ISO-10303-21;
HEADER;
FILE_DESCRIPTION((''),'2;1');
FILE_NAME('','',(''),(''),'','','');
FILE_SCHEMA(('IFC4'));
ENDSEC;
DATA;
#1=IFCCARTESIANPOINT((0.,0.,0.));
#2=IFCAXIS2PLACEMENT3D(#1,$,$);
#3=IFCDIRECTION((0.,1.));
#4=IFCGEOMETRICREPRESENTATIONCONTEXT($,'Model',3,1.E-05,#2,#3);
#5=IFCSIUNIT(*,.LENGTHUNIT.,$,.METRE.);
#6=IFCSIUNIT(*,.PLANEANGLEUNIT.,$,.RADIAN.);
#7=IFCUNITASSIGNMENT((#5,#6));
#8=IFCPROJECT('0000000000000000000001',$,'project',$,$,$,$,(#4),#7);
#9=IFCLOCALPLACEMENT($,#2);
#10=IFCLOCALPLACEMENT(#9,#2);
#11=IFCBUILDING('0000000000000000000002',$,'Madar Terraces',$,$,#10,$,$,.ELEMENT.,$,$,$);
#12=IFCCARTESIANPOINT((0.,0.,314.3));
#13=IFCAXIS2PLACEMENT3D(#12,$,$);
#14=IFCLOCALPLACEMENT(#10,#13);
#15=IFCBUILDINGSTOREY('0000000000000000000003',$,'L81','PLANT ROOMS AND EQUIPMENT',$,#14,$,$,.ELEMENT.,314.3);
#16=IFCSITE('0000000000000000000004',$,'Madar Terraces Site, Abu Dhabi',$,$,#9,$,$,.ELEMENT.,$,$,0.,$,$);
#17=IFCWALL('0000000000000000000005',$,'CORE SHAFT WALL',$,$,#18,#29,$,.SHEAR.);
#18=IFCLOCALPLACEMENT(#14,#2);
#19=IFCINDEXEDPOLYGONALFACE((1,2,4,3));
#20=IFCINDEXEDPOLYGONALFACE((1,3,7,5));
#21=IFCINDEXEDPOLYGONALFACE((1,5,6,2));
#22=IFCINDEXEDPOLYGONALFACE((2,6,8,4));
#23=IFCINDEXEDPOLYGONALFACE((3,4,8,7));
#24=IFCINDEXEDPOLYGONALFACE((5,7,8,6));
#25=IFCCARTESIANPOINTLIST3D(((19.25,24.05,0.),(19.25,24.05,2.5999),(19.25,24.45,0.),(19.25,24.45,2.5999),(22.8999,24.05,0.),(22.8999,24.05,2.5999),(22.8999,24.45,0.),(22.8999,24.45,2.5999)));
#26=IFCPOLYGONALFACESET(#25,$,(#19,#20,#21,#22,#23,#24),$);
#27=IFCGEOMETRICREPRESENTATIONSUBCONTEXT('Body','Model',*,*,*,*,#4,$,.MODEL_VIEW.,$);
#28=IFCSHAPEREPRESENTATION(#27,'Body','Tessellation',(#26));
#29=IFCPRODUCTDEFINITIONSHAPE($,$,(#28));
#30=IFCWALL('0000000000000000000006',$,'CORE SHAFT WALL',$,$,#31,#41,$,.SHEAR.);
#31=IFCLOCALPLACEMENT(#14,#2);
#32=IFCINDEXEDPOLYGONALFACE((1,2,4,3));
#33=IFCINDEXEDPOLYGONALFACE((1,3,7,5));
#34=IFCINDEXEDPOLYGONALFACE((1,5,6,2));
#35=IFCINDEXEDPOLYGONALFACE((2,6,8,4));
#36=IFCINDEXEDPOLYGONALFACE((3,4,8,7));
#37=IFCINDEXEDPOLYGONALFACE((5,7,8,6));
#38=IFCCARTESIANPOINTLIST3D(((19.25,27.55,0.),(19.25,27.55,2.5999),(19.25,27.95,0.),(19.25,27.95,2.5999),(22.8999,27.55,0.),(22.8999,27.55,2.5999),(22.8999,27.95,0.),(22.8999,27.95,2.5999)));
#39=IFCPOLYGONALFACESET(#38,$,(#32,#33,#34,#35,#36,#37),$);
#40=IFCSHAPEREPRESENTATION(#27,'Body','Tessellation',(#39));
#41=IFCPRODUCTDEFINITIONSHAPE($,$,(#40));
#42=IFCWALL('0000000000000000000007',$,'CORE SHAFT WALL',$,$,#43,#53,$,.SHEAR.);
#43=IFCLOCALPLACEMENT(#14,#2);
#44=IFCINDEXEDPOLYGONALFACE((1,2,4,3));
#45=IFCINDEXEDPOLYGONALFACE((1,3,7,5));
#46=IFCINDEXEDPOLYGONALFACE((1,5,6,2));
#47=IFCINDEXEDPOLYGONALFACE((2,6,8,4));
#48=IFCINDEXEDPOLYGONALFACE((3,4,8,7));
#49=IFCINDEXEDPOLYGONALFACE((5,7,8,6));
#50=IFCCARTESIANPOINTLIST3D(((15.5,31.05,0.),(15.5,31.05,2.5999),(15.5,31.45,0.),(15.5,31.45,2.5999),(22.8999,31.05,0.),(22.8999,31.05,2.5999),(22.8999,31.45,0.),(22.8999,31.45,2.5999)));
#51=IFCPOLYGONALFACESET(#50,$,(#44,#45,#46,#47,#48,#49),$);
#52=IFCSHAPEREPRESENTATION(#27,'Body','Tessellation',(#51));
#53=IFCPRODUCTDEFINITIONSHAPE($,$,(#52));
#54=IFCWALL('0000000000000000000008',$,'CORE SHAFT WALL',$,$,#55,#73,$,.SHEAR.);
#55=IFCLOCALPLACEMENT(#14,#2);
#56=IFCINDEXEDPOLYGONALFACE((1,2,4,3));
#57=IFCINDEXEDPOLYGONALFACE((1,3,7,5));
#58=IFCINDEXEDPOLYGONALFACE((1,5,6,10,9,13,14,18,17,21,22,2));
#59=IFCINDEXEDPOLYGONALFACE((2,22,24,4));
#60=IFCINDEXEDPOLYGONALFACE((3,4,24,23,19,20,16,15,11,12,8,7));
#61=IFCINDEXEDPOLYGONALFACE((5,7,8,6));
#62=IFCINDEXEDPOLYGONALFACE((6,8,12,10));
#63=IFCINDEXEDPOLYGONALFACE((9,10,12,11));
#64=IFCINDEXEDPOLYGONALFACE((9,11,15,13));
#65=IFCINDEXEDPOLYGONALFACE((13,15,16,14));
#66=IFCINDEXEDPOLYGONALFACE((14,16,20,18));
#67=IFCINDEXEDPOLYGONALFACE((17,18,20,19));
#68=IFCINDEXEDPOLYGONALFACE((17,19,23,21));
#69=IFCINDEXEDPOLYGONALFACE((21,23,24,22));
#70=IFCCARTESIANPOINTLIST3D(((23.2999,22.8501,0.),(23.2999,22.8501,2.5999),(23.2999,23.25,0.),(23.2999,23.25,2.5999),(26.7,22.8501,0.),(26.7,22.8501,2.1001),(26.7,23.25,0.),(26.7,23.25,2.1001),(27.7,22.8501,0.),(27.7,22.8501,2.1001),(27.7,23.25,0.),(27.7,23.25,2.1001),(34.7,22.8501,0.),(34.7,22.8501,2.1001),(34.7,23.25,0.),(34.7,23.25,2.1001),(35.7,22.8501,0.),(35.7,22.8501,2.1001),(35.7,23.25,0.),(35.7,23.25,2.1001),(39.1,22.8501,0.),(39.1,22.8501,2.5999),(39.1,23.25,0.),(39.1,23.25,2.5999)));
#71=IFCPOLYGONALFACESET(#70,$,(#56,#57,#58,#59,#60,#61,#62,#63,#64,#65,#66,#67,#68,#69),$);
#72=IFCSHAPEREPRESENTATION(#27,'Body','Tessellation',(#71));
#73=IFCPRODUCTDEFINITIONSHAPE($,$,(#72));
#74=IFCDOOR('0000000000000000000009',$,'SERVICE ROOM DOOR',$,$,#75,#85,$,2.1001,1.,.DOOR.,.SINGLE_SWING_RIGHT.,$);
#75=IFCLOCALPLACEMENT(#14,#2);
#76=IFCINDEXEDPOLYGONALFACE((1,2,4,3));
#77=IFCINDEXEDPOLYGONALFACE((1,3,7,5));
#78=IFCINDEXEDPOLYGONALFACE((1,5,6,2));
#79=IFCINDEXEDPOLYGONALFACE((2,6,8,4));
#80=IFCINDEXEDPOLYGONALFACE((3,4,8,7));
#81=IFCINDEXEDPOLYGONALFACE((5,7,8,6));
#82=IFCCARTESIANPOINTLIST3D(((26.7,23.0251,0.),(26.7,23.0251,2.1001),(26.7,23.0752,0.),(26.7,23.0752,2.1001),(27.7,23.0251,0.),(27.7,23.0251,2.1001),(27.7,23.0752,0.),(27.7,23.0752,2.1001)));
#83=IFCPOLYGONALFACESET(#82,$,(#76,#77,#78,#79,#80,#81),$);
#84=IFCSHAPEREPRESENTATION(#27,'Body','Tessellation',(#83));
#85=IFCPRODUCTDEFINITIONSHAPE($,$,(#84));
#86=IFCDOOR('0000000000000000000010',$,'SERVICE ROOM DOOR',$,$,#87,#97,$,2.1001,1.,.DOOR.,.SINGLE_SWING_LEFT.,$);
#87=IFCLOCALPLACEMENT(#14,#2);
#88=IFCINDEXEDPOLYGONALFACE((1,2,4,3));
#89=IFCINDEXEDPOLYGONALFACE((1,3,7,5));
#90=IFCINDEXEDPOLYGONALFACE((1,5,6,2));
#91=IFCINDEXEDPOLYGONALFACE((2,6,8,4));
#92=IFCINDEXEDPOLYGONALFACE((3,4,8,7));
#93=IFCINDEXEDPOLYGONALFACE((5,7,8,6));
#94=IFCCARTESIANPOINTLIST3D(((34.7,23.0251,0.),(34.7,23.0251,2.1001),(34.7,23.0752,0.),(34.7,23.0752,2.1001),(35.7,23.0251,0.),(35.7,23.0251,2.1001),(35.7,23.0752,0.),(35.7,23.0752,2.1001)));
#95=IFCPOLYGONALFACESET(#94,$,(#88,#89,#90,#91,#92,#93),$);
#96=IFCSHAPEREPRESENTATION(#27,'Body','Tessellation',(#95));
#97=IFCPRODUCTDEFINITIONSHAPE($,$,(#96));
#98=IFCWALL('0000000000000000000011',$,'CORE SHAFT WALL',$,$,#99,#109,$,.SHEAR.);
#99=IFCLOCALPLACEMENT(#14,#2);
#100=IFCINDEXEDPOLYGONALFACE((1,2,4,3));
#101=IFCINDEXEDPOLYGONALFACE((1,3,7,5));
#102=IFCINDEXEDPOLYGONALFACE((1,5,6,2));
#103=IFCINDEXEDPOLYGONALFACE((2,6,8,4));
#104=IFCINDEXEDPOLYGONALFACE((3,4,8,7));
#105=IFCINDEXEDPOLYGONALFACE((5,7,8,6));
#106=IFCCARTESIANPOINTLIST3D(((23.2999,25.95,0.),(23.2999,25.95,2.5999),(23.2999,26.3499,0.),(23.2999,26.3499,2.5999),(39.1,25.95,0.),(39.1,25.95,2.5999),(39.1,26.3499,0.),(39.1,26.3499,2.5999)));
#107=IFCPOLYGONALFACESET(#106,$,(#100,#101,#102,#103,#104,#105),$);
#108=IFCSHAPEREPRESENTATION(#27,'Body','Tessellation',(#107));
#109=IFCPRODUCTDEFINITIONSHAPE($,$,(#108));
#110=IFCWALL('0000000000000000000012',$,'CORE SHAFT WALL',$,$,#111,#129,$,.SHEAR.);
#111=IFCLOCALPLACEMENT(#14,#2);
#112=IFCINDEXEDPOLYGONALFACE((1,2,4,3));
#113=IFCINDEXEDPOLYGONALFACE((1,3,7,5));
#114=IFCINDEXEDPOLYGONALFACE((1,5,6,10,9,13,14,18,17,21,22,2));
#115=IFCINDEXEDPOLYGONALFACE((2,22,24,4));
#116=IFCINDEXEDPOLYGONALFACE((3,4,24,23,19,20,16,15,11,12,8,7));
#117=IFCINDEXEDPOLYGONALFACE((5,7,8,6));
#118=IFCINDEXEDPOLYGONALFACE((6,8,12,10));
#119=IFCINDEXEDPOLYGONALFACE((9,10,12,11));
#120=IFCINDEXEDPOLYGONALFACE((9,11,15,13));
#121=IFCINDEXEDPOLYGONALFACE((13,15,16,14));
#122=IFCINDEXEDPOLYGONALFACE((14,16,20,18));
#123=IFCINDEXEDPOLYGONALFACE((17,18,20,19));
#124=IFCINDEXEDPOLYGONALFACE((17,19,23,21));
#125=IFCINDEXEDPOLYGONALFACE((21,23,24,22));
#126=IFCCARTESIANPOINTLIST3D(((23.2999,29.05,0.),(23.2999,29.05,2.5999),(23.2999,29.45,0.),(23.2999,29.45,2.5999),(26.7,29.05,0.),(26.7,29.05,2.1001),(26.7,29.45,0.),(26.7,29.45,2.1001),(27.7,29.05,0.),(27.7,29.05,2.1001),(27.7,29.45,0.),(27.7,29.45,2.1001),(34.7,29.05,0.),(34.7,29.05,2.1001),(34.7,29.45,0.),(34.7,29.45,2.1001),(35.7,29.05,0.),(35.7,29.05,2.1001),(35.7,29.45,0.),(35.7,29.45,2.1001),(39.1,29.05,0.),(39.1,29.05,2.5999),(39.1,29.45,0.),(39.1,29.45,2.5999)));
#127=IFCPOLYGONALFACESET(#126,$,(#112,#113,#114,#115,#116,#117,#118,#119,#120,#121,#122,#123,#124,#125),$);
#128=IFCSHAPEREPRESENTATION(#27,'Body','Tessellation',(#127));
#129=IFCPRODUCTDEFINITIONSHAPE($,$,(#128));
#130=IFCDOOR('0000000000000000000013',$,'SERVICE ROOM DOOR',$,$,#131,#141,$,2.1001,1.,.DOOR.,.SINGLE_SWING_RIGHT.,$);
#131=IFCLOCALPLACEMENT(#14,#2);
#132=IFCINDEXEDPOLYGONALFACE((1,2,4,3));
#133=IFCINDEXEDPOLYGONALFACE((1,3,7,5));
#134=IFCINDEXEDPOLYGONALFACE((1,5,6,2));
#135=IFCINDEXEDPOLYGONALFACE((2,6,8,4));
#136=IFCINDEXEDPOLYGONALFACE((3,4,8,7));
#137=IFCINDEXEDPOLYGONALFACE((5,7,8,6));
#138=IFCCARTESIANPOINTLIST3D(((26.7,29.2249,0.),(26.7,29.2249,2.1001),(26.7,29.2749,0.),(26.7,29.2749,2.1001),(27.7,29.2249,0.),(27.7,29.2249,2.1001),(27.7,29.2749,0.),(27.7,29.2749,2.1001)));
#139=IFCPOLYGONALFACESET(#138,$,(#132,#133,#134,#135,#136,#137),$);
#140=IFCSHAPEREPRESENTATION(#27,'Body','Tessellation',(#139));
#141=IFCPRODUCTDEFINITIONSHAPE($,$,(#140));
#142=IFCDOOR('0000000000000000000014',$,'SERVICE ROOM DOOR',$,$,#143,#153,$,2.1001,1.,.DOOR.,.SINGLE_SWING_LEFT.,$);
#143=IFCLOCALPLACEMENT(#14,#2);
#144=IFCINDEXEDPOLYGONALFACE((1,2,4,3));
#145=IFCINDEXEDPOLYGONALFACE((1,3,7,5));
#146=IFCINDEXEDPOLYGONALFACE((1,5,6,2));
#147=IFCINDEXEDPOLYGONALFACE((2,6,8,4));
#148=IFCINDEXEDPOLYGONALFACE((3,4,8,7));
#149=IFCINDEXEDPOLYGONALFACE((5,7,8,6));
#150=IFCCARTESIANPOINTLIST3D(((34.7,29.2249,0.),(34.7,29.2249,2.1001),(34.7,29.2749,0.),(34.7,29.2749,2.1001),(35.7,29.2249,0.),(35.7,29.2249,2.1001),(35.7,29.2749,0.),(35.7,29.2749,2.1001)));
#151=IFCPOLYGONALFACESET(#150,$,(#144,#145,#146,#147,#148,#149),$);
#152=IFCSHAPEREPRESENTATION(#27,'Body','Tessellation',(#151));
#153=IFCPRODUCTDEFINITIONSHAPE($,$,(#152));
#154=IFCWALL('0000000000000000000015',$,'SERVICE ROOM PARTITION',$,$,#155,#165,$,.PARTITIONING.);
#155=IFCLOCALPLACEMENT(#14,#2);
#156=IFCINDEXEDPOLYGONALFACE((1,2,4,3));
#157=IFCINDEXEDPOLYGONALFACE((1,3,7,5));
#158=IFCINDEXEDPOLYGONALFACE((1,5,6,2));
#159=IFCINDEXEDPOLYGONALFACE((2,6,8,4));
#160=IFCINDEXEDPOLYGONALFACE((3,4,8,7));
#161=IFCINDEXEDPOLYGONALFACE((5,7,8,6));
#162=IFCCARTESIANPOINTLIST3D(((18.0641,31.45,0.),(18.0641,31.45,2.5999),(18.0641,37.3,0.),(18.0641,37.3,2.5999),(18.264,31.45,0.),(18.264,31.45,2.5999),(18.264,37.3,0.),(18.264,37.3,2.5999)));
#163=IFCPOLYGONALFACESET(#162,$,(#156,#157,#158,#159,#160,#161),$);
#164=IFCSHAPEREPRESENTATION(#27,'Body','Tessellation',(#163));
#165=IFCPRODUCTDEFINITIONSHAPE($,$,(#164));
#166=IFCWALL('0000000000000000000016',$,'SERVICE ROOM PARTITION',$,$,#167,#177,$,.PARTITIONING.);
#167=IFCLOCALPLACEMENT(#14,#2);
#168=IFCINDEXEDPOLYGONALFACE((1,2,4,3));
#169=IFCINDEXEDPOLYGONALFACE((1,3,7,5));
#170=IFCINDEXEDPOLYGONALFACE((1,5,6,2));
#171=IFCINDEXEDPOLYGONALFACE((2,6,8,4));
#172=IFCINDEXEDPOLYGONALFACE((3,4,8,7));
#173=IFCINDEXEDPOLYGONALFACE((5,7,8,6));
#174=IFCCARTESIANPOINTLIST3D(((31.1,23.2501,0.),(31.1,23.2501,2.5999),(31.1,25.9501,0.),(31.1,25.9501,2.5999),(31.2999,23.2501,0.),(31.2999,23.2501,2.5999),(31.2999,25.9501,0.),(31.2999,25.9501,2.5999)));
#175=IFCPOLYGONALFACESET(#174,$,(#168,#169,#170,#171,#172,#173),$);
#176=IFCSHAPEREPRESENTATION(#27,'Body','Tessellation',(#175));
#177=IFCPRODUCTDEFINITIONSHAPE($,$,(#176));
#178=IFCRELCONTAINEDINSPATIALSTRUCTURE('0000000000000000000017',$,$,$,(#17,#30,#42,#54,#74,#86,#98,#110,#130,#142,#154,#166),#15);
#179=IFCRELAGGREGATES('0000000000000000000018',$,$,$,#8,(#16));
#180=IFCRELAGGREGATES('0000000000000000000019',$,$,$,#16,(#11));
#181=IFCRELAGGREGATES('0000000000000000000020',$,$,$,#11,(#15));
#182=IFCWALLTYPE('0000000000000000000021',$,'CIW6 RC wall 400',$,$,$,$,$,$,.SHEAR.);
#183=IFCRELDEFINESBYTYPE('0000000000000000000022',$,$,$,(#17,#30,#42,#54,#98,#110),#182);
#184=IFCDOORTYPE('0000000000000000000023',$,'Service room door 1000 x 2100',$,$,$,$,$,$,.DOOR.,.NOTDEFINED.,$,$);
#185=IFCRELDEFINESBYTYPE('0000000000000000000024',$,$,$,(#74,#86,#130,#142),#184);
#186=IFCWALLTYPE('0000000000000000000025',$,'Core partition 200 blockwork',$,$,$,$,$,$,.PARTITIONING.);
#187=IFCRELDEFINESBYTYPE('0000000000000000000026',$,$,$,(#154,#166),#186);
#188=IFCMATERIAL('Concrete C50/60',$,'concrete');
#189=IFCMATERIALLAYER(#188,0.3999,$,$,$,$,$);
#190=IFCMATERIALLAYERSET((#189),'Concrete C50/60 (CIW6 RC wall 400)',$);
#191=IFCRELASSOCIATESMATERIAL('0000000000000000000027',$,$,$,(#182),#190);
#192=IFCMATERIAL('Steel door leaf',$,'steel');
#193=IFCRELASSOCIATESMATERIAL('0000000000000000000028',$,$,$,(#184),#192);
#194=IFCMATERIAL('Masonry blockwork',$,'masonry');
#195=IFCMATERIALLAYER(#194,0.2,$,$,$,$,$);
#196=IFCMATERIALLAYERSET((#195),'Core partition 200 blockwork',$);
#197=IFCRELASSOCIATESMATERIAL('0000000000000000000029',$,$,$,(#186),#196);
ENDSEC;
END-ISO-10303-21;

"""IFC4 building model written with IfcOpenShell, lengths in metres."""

from ifc_helpers import new_model, si_unit, direction, frame, frame_2d, origin, place, context, subcontext, project, spatial, rectangle, extrude, material, layer, layer_set, type_object, element, fill, save


model = new_model("IFC4")

# Units and contexts
model_context = context("Model", 3, precision=1e-05, world=origin(), true_north=direction((0.0, 1.0)))
body_context = subcontext(model_context, "Body", "Model", "MODEL_VIEW")
ifc_project = project(units=[si_unit("LENGTHUNIT", "METRE"), si_unit("PLANEANGLEUNIT", "RADIAN")], contexts=[model_context])

# Site, building, storey
site_placement = place(None, origin())
site = spatial("IfcSite", under=ifc_project, at=site_placement, Name="Madar Terraces Site, Abu Dhabi", CompositionType="ELEMENT", RefElevation=0.0)
building_placement = place(site_placement, origin())
building = spatial("IfcBuilding", under=site, at=building_placement, Name="Madar Terraces", CompositionType="ELEMENT")
storey_placement = place(building_placement, frame((0.0, 0.0, 314.3)))
storey = spatial("IfcBuildingStorey", under=building, at=storey_placement, Name="L81", Description="PLANT ROOMS AND EQUIPMENT", CompositionType="ELEMENT", Elevation=314.3)

# Walls
ifc_material_1 = material(Name="Concrete C50/60", Category="concrete")
ifc_layer_1 = layer(ifc_material_1, 0.3999)
ifc_layer_set_1 = layer_set([ifc_layer_1], Name="Concrete C50/60 (CIW6 RC wall 400)")
wall_type_1 = type_object("IfcWallType", Name="CIW6 RC wall 400", PredefinedType="SHEAR", material=ifc_layer_set_1)
for number, where, z_axis, x_axis, name in (
    (1, (19.25, 24.25, 0.0), (0.0, 0.0, 1.0), (1.0, 0.0, 0.0), "CORE SHAFT WALL"),
    (2, (19.25, 27.75, 0.0), (0.0, 0.0, 1.0), (1.0, 0.0, 0.0), "CORE SHAFT WALL"),
):
    element("IfcWall", number, at=place(storey_placement, frame(where, z_axis=z_axis, x_axis=x_axis)), inside=storey, type_object=wall_type_1, Name=name, PredefinedType="SHEAR", context=body_context, shape_type="SweptSolid", body=[
        extrude(rectangle(XDim=3.6499, YDim=0.3999, at=frame_2d((1.825, 0.0))), origin(), (0.0, 0.0, 1.0), 2.5999),
    ])
wall_1_placement = place(storey_placement, frame((15.5, 31.25, 0.0), z_axis=(0.0, 0.0, 1.0), x_axis=(1.0, 0.0, 0.0)))
element("IfcWall", 3, at=wall_1_placement, inside=storey, type_object=wall_type_1, Name="CORE SHAFT WALL", PredefinedType="SHEAR", context=body_context, shape_type="SweptSolid", body=[
    extrude(rectangle(XDim=7.3999, YDim=0.3999, at=frame_2d((3.7, 0.0))), origin(), (0.0, 0.0, 1.0), 2.5999),
])

# Wall, openings, doors
wall_2_placement = place(storey_placement, frame((23.3, 23.05, 0.0), z_axis=(0.0, 0.0, 1.0), x_axis=(1.0, 0.0, 0.0)))
wall_2 = element("IfcWall", 4, at=wall_2_placement, inside=storey, type_object=wall_type_1, Name="CORE SHAFT WALL", PredefinedType="SHEAR", context=body_context, shape_type="SweptSolid", body=[
    extrude(rectangle(XDim=15.8, YDim=0.3999, at=frame_2d((7.8999, 0.0))), origin(), (0.0, 0.0, 1.0), 2.5999),
])
opening_1_placement = place(wall_2_placement, frame((3.3999, 0.0, 0.0)))
opening_1 = element("IfcOpeningElement", 5, at=opening_1_placement, cuts=wall_2, PredefinedType="OPENING", context=body_context, shape_type="SweptSolid", body=[
    extrude(rectangle(XDim=1.0, YDim=2.1001, at=frame_2d((0.5, 1.05))), frame((0.0, 0.21, 0.0), z_axis=(0.0, -1.0, 0.0), x_axis=(1.0, 0.0, 0.0)), (0.0, 0.0, 1.0), 0.4199),
])
opening_2_placement = place(wall_2_placement, frame((11.3999, 0.0, 0.0)))
opening_2 = element("IfcOpeningElement", 6, at=opening_2_placement, cuts=wall_2, PredefinedType="OPENING", context=body_context, shape_type="SweptSolid", body=[
    extrude(rectangle(XDim=1.0, YDim=2.1001, at=frame_2d((0.5, 1.05))), frame((0.0, 0.21, 0.0), z_axis=(0.0, -1.0, 0.0), x_axis=(1.0, 0.0, 0.0)), (0.0, 0.0, 1.0), 0.4199),
])
ifc_material_2 = material(Name="Steel door leaf", Category="steel")
door_type = type_object("IfcDoorType", Name="Service room door 1000 x 2100", OperationType="NOTDEFINED", PredefinedType="DOOR", material=ifc_material_2)
door_1_placement = place(opening_1_placement, frame((1.0, 0.0, 0.0), z_axis=(0.0, 0.0, 1.0), x_axis=(-1.0, 0.0, 0.0)))
door_1 = element("IfcDoor", 7, at=door_1_placement, inside=storey, type_object=door_type, Name="SERVICE ROOM DOOR", OperationType="SINGLE_SWING_RIGHT", OverallHeight=2.1001, OverallWidth=1.0, PredefinedType="DOOR", context=body_context, shape_type="SweptSolid", body=[
    extrude(rectangle(XDim=1.0, YDim=2.1001, at=frame_2d((0.5, 1.05))), frame((0.0, 0.0249, 0.0), z_axis=(0.0, -1.0, 0.0), x_axis=(1.0, 0.0, 0.0)), (0.0, 0.0, 1.0), 0.05),
])
fill(opening_1, door_1)
door_2_placement = place(opening_2_placement, frame((1.0, 0.0, 0.0), z_axis=(0.0, 0.0, 1.0), x_axis=(-1.0, 0.0, 0.0)))
door_2 = element("IfcDoor", 8, at=door_2_placement, inside=storey, type_object=door_type, Name="SERVICE ROOM DOOR", OperationType="SINGLE_SWING_LEFT", OverallHeight=2.1001, OverallWidth=1.0, PredefinedType="DOOR", context=body_context, shape_type="SweptSolid", body=[
    extrude(rectangle(XDim=1.0, YDim=2.1001, at=frame_2d((0.5, 1.05))), frame((0.0, 0.0249, 0.0), z_axis=(0.0, -1.0, 0.0), x_axis=(1.0, 0.0, 0.0)), (0.0, 0.0, 1.0), 0.05),
])
fill(opening_2, door_2)

# Wall
wall_3_placement = place(storey_placement, frame((23.3, 26.1499, 0.0), z_axis=(0.0, 0.0, 1.0), x_axis=(1.0, 0.0, 0.0)))
element("IfcWall", 9, at=wall_3_placement, inside=storey, type_object=wall_type_1, Name="CORE SHAFT WALL", PredefinedType="SHEAR", context=body_context, shape_type="SweptSolid", body=[
    extrude(rectangle(XDim=15.8, YDim=0.3999, at=frame_2d((7.8999, 0.0))), origin(), (0.0, 0.0, 1.0), 2.5999),
])

# Wall, openings, doors
wall_4_placement = place(storey_placement, frame((23.3, 29.25, 0.0), z_axis=(0.0, 0.0, 1.0), x_axis=(1.0, 0.0, 0.0)))
wall_4 = element("IfcWall", 10, at=wall_4_placement, inside=storey, type_object=wall_type_1, Name="CORE SHAFT WALL", PredefinedType="SHEAR", context=body_context, shape_type="SweptSolid", body=[
    extrude(rectangle(XDim=15.8, YDim=0.3999, at=frame_2d((7.8999, 0.0))), origin(), (0.0, 0.0, 1.0), 2.5999),
])
opening_3_placement = place(wall_4_placement, frame((3.3999, 0.0, 0.0)))
opening_3 = element("IfcOpeningElement", 11, at=opening_3_placement, cuts=wall_4, PredefinedType="OPENING", context=body_context, shape_type="SweptSolid", body=[
    extrude(rectangle(XDim=1.0, YDim=2.1001, at=frame_2d((0.5, 1.05))), frame((0.0, 0.21, 0.0), z_axis=(0.0, -1.0, 0.0), x_axis=(1.0, 0.0, 0.0)), (0.0, 0.0, 1.0), 0.4199),
])
opening_4_placement = place(wall_4_placement, frame((11.3999, 0.0, 0.0)))
opening_4 = element("IfcOpeningElement", 12, at=opening_4_placement, cuts=wall_4, PredefinedType="OPENING", context=body_context, shape_type="SweptSolid", body=[
    extrude(rectangle(XDim=1.0, YDim=2.1001, at=frame_2d((0.5, 1.05))), frame((0.0, 0.21, 0.0), z_axis=(0.0, -1.0, 0.0), x_axis=(1.0, 0.0, 0.0)), (0.0, 0.0, 1.0), 0.4199),
])
door_3_placement = place(opening_3_placement, origin())
door_3 = element("IfcDoor", 13, at=door_3_placement, inside=storey, type_object=door_type, Name="SERVICE ROOM DOOR", OperationType="SINGLE_SWING_RIGHT", OverallHeight=2.1001, OverallWidth=1.0, PredefinedType="DOOR", context=body_context, shape_type="SweptSolid", body=[
    extrude(rectangle(XDim=1.0, YDim=2.1001, at=frame_2d((0.5, 1.05))), frame((0.0, 0.0249, 0.0), z_axis=(0.0, -1.0, 0.0), x_axis=(1.0, 0.0, 0.0)), (0.0, 0.0, 1.0), 0.05),
])
fill(opening_3, door_3)
door_4_placement = place(opening_4_placement, origin())
door_4 = element("IfcDoor", 14, at=door_4_placement, inside=storey, type_object=door_type, Name="SERVICE ROOM DOOR", OperationType="SINGLE_SWING_LEFT", OverallHeight=2.1001, OverallWidth=1.0, PredefinedType="DOOR", context=body_context, shape_type="SweptSolid", body=[
    extrude(rectangle(XDim=1.0, YDim=2.1001, at=frame_2d((0.5, 1.05))), frame((0.0, 0.0249, 0.0), z_axis=(0.0, -1.0, 0.0), x_axis=(1.0, 0.0, 0.0)), (0.0, 0.0, 1.0), 0.05),
])
fill(opening_4, door_4)

# Walls
ifc_material_3 = material(Name="Masonry blockwork", Category="masonry")
ifc_layer_2 = layer(ifc_material_3, 0.2)
ifc_layer_set_2 = layer_set([ifc_layer_2], Name="Core partition 200 blockwork")
wall_type_2 = type_object("IfcWallType", Name="Core partition 200 blockwork", PredefinedType="PARTITIONING", material=ifc_layer_set_2)
wall_5_placement = place(storey_placement, frame((18.1641, 31.45, 0.0), z_axis=(0.0, 0.0, 1.0), x_axis=(0.0, 1.0, 0.0)))
element("IfcWall", 15, at=wall_5_placement, inside=storey, type_object=wall_type_2, Name="SERVICE ROOM PARTITION", PredefinedType="PARTITIONING", context=body_context, shape_type="SweptSolid", body=[
    extrude(rectangle(XDim=5.8501, YDim=0.2, at=frame_2d((2.925, 0.0))), origin(), (0.0, 0.0, 1.0), 2.5999),
])
for number, where, z_axis, x_axis, name in (
    (16, (31.2, 23.25, 0.0), (0.0, 0.0, 1.0), (0.0, 1.0, 0.0), "SERVICE ROOM PARTITION"),
):
    element("IfcWall", number, at=place(storey_placement, frame(where, z_axis=z_axis, x_axis=x_axis)), inside=storey, type_object=wall_type_2, Name=name, PredefinedType="PARTITIONING", context=body_context, shape_type="SweptSolid", body=[
        extrude(rectangle(XDim=2.7, YDim=0.2, at=frame_2d((1.3501, 0.0))), origin(), (0.0, 0.0, 1.0), 2.5999),
    ])

save(model, "model.ifc")
